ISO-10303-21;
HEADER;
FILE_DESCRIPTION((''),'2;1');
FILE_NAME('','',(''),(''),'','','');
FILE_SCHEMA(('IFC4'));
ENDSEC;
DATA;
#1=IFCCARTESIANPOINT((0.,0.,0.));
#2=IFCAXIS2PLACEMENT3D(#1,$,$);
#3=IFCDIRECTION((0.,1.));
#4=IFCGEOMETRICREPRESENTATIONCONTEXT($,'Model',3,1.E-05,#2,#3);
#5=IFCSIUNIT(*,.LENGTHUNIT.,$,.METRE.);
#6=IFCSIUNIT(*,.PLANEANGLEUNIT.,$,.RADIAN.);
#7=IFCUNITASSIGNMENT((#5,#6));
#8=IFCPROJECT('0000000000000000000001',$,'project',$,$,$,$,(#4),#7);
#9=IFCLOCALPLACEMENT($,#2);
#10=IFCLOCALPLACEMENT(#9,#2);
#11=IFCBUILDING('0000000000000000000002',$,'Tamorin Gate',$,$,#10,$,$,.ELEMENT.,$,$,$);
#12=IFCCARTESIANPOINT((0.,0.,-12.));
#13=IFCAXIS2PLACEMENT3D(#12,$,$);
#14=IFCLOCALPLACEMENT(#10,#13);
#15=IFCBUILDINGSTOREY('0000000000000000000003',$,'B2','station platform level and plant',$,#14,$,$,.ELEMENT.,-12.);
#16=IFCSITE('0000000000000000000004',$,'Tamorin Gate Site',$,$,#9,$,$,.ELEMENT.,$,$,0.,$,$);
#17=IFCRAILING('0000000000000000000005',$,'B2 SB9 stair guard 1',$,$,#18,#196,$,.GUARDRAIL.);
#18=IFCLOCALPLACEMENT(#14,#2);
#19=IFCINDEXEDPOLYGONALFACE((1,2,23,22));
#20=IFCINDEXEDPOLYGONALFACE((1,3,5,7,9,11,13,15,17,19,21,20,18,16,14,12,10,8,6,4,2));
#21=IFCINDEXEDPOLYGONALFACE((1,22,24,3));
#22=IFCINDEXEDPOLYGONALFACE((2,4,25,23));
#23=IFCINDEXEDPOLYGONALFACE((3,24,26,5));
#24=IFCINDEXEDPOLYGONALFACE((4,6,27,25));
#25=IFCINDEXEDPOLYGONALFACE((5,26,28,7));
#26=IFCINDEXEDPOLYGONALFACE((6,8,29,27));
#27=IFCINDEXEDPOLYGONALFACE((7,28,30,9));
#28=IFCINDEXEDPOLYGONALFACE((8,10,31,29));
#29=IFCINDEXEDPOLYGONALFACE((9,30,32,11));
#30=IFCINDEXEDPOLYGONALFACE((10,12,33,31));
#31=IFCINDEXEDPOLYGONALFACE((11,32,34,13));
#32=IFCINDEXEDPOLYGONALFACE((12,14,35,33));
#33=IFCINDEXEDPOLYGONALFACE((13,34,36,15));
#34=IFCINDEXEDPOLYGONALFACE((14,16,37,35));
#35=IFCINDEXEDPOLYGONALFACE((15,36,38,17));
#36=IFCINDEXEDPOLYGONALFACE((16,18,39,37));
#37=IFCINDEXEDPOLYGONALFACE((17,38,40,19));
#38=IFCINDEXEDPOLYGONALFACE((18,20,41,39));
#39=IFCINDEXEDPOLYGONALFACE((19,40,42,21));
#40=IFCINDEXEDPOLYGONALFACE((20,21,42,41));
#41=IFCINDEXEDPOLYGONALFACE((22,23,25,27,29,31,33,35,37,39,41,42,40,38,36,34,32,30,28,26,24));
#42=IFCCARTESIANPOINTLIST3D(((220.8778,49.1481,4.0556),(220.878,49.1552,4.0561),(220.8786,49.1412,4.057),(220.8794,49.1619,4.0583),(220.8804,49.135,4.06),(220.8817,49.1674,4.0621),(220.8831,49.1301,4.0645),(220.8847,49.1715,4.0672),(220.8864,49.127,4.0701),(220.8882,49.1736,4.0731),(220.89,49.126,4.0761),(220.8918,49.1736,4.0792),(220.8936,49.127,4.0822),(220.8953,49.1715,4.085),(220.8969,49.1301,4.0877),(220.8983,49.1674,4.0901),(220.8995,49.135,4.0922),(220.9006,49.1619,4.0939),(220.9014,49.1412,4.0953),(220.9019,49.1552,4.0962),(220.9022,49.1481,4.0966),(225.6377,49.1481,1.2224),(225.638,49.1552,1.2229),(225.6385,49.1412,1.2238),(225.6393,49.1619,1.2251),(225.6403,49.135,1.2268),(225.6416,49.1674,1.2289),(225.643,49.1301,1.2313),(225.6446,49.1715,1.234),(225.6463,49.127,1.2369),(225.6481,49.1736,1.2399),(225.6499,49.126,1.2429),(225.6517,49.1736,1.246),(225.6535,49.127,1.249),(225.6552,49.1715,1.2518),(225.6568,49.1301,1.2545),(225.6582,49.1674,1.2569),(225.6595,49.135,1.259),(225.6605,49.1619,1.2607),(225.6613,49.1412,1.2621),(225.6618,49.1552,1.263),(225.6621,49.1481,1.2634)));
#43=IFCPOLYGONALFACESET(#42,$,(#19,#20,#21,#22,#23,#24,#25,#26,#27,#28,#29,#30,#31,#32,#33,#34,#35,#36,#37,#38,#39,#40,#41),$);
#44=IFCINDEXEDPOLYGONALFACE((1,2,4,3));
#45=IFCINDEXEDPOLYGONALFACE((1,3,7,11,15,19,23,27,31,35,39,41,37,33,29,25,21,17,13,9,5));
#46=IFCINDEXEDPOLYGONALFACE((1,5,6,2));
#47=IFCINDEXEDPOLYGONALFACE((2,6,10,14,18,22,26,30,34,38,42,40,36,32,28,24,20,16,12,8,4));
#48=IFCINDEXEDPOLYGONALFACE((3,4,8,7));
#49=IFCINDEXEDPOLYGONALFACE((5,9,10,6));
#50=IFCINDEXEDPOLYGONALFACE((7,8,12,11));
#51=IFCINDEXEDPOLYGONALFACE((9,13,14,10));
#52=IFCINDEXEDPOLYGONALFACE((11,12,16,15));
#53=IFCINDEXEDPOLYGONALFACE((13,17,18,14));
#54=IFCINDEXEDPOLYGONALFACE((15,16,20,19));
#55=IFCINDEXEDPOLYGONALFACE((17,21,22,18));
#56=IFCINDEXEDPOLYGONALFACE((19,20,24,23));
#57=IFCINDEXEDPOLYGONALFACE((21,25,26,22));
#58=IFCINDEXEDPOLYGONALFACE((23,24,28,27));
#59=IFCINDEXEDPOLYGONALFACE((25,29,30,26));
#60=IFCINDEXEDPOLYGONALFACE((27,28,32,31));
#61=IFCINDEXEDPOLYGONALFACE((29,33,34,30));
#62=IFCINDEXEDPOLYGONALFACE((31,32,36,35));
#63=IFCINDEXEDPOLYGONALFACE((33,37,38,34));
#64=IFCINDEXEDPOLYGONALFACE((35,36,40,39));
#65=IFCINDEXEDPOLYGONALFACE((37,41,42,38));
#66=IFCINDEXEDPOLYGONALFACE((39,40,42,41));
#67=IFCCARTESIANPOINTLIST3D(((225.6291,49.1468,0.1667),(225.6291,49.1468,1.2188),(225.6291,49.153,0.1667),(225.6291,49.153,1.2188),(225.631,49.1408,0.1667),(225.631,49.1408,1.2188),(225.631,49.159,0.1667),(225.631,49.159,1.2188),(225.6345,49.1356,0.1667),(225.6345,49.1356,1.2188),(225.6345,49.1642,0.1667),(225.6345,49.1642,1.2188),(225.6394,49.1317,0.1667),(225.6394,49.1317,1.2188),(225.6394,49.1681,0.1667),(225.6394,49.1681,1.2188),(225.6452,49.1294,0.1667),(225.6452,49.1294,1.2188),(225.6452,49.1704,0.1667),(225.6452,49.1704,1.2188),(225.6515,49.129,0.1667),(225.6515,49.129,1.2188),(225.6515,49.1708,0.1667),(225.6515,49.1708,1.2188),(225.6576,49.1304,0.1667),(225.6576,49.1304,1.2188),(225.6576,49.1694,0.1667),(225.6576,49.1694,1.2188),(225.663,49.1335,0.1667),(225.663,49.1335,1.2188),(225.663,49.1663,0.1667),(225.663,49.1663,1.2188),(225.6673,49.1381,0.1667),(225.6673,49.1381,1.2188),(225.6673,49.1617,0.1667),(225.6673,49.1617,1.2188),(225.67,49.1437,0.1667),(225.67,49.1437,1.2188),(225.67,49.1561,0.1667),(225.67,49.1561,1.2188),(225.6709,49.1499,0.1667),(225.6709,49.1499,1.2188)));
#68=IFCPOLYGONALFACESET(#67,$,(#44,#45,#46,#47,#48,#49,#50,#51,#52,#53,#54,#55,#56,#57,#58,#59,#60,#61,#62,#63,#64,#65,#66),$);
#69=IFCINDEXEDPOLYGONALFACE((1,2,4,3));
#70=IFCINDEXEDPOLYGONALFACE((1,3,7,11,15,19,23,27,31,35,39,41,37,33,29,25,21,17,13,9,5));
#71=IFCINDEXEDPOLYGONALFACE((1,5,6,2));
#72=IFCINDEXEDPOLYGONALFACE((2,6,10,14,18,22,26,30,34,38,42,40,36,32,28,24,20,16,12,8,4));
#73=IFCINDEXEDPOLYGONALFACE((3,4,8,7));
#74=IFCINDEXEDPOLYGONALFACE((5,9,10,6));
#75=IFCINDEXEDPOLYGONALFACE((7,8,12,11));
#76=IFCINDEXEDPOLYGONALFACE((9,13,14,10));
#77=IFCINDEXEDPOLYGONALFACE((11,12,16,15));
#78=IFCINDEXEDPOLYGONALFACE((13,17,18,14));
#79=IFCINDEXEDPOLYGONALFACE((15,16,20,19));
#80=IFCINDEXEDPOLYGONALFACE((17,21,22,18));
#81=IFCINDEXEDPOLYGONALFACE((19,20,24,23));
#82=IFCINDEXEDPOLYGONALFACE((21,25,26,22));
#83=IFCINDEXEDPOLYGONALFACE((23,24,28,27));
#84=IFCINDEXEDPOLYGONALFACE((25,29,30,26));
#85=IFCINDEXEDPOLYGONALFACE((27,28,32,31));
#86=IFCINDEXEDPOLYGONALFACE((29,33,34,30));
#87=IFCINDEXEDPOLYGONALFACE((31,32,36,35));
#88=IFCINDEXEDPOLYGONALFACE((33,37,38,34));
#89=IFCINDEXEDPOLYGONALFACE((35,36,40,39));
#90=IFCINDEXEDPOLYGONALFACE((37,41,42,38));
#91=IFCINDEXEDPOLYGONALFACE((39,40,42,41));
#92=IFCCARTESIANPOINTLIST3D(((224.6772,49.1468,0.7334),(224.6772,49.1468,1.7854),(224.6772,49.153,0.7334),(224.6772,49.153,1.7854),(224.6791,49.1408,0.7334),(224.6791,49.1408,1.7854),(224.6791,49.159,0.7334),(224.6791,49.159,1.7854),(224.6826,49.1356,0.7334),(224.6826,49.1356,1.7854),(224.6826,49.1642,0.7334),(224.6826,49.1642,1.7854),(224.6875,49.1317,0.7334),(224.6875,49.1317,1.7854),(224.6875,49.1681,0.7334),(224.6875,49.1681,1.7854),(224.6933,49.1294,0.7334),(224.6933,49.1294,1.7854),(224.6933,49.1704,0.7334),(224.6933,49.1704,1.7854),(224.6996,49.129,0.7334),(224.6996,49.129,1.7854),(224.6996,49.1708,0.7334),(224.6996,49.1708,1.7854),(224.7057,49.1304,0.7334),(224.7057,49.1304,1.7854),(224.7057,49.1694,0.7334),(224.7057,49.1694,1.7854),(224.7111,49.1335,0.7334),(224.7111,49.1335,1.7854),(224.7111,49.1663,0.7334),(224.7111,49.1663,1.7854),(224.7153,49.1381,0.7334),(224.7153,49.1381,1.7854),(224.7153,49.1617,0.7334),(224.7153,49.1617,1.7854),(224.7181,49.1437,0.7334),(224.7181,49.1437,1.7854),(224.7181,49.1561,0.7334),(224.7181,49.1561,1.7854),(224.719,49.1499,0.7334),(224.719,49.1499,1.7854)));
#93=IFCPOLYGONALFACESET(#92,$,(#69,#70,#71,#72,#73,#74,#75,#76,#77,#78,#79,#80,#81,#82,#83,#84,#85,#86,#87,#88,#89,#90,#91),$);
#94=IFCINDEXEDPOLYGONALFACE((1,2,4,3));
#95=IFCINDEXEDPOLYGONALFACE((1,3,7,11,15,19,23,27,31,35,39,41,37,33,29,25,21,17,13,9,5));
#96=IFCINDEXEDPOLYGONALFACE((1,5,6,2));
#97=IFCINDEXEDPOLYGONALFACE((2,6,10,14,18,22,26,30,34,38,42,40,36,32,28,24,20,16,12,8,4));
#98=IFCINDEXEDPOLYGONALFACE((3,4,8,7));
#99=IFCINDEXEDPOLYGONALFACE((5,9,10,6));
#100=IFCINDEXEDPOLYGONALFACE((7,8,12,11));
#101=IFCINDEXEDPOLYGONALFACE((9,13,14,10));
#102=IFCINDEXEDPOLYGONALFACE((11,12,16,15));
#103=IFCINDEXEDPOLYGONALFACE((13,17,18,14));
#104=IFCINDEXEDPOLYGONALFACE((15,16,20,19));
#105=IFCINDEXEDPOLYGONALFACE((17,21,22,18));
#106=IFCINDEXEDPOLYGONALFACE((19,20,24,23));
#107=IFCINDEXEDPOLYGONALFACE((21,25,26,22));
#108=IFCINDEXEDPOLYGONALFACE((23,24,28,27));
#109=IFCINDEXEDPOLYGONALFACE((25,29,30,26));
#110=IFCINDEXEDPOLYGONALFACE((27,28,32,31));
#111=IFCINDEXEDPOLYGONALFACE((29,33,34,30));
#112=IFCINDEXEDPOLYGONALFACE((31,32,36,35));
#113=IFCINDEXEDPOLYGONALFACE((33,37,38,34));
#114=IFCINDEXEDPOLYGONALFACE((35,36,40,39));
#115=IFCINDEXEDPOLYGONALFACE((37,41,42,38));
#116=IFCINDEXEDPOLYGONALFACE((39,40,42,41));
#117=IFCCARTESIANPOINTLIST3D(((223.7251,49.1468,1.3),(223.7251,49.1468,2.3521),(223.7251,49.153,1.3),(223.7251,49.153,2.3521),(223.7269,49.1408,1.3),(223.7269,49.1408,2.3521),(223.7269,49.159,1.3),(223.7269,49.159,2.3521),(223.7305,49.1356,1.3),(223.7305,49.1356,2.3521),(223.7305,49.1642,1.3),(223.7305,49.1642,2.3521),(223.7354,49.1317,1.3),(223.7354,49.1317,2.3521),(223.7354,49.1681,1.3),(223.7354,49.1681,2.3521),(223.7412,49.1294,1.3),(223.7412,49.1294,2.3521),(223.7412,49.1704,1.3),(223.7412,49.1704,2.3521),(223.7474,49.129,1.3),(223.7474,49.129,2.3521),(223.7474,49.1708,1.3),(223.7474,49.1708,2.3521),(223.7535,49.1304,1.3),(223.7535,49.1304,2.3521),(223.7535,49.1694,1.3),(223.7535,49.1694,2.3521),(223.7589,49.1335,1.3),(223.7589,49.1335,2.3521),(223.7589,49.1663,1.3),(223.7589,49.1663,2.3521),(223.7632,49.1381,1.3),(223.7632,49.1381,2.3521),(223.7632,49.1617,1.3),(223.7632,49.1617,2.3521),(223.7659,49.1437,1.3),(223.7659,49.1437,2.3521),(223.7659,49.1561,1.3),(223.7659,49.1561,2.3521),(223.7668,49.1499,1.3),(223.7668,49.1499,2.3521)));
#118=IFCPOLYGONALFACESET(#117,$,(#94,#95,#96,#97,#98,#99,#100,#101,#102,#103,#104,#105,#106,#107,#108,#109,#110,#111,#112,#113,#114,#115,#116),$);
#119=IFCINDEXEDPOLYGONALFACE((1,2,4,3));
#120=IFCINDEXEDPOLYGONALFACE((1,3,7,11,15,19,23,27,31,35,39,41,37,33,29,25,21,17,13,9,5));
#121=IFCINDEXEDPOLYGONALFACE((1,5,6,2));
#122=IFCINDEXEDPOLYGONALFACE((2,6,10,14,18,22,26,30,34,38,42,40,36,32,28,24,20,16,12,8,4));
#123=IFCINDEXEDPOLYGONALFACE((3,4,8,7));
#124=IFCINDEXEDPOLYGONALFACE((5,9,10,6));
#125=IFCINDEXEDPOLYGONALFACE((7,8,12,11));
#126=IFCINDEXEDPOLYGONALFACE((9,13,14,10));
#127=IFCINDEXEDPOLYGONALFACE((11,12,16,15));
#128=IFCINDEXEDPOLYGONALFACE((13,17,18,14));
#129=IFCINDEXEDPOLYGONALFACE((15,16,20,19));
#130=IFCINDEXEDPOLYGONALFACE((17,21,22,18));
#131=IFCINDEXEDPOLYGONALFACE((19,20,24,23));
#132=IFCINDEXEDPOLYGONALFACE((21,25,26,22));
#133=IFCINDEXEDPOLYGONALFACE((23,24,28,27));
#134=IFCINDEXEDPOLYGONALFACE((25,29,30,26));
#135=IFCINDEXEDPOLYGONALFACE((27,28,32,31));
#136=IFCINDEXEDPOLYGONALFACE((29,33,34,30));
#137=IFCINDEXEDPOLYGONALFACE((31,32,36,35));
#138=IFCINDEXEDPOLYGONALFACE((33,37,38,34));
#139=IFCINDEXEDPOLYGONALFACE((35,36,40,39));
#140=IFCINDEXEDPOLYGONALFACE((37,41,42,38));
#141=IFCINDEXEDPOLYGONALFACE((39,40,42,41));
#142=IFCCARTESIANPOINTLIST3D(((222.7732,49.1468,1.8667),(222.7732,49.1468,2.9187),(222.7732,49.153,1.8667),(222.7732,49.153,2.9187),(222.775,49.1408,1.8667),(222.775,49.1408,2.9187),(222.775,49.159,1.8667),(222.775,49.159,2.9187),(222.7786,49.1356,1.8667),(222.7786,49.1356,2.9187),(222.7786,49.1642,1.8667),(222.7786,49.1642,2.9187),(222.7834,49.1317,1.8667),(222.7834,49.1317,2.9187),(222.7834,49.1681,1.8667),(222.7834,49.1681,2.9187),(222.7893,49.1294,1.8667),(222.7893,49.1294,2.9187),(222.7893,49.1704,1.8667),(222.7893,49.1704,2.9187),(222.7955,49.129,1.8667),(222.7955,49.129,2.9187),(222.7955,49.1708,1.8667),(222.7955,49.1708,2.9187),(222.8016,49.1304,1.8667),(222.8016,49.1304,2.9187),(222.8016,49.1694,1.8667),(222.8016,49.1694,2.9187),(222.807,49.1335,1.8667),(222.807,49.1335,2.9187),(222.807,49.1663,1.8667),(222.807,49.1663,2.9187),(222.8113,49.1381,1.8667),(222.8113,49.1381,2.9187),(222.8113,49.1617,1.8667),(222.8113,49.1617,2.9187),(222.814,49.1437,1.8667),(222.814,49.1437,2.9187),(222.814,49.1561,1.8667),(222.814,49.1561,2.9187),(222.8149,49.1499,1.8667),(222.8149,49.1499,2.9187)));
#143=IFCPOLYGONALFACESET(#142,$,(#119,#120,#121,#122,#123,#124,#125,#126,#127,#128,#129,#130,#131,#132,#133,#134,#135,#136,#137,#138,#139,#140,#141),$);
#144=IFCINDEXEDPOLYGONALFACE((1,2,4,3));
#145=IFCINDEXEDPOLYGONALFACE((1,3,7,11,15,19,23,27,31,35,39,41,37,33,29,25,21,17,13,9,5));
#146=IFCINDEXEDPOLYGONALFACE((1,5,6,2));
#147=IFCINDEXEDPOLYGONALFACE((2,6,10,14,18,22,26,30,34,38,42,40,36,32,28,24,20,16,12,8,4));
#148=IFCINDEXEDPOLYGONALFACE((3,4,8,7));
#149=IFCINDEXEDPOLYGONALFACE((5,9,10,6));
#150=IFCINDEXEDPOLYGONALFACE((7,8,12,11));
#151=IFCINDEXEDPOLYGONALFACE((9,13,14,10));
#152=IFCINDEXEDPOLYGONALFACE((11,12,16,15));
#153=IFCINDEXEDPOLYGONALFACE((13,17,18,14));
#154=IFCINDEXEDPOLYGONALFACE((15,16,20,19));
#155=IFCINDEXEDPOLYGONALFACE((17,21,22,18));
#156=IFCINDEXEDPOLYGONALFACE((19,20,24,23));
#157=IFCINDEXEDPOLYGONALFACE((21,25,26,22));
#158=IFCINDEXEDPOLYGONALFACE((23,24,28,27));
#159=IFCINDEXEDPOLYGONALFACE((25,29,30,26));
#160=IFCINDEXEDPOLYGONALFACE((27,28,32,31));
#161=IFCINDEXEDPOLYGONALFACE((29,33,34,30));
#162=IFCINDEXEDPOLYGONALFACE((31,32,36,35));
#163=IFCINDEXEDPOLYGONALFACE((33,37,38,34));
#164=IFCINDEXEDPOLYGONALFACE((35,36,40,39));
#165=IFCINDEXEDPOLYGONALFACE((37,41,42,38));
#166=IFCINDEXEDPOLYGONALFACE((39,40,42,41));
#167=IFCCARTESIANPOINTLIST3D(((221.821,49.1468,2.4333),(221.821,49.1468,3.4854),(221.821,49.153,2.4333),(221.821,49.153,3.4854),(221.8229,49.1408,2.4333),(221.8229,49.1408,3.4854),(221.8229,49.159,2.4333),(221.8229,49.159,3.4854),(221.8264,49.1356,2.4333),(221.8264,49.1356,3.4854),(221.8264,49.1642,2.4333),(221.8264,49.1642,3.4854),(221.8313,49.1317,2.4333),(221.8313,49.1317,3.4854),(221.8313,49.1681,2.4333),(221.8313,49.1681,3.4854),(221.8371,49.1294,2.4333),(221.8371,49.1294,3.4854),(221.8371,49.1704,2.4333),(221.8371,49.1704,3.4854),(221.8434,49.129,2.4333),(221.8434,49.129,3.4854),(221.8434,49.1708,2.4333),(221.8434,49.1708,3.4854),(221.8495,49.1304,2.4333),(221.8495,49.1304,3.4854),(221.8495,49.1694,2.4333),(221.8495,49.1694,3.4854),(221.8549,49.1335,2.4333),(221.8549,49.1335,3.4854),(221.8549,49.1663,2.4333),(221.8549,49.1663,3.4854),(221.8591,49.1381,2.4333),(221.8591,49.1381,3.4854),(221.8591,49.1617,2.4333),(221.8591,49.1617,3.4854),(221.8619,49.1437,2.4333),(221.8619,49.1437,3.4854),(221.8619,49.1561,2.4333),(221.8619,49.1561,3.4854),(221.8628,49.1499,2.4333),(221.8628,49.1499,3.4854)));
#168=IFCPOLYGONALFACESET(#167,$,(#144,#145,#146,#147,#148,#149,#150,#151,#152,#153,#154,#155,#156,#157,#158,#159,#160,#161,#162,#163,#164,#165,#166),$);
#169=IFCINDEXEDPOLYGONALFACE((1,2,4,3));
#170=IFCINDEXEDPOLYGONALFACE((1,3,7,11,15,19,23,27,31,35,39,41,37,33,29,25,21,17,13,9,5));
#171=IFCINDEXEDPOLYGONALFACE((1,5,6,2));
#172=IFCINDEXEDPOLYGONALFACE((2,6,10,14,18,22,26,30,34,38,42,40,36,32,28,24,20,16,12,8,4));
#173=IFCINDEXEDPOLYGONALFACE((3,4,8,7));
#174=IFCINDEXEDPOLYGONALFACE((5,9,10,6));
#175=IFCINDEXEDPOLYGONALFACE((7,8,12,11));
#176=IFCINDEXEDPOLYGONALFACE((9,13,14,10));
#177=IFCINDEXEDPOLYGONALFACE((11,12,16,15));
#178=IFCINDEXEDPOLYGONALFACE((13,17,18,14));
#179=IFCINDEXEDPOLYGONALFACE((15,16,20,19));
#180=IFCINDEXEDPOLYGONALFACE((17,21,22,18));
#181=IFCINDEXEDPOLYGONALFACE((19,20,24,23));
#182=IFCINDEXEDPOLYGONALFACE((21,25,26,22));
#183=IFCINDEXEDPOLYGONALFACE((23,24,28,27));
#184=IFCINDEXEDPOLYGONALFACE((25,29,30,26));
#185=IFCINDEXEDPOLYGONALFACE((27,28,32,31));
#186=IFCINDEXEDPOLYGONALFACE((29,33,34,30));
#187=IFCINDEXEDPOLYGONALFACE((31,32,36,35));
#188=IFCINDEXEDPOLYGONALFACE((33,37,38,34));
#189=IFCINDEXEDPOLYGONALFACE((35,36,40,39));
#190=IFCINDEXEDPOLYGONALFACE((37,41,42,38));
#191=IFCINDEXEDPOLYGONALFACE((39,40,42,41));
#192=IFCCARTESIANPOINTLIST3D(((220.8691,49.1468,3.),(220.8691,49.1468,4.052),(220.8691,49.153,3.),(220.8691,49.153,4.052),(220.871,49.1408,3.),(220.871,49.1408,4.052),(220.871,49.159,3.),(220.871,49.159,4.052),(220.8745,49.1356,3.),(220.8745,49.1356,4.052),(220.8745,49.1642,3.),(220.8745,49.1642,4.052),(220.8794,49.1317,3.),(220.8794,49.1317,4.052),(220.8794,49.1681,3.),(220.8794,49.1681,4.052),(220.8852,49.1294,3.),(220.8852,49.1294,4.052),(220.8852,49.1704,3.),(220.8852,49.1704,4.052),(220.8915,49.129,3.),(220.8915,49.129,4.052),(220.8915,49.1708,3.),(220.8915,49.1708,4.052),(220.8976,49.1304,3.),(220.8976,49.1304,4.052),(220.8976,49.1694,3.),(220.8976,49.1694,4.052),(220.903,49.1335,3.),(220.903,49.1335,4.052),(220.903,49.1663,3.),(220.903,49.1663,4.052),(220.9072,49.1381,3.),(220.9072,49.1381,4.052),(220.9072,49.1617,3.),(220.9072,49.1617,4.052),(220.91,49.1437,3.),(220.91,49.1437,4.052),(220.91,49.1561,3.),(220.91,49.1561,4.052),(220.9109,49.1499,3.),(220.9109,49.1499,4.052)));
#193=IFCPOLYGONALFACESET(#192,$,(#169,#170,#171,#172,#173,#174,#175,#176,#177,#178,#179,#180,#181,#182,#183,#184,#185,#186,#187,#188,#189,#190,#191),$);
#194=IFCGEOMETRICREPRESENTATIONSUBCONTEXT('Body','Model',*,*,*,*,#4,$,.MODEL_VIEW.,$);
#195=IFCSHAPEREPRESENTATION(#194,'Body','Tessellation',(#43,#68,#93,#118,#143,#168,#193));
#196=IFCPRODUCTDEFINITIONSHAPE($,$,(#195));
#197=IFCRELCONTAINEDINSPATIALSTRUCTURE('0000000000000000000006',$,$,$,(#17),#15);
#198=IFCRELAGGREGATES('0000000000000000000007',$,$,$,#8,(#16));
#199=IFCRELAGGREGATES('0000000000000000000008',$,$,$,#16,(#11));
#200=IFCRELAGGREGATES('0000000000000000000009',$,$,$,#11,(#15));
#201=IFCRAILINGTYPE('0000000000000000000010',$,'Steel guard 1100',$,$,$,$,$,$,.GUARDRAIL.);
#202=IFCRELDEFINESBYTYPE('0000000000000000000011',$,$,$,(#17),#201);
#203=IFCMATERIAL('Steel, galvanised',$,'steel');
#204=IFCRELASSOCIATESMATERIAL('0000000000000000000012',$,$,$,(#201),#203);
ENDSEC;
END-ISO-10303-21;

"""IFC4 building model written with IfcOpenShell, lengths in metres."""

from ifc_helpers import new_model, si_unit, direction, frame, origin, origin_2d, place, context, subcontext, project, spatial, circle, extrude, material, type_object, element, save


model = new_model("IFC4")

# Units and contexts
model_context = context("Model", 3, precision=1e-05, world=origin(), true_north=direction((0.0, 1.0)))
body_context = subcontext(model_context, "Body", "Model", "MODEL_VIEW")
ifc_project = project(units=[si_unit("LENGTHUNIT", "METRE"), si_unit("PLANEANGLEUNIT", "RADIAN")], contexts=[model_context])

# Site, building, storey
site_placement = place(None, origin())
site = spatial("IfcSite", under=ifc_project, at=site_placement, Name="Tamorin Gate Site", CompositionType="ELEMENT", RefElevation=0.0)
building_placement = place(site_placement, origin())
building = spatial("IfcBuilding", under=site, at=building_placement, Name="Tamorin Gate", CompositionType="ELEMENT")
storey_placement = place(building_placement, frame((0.0, 0.0, -12.0)))
storey = spatial("IfcBuildingStorey", under=building, at=storey_placement, Name="B2", Description="station platform level and plant", CompositionType="ELEMENT", Elevation=-12.0)

# Railing
ifc_material_1 = material(Name="Steel, galvanised", Category="steel")
railing_type_1 = type_object("IfcRailingType", Name="Steel guard 1100", PredefinedType="GUARDRAIL", material=ifc_material_1)
railing_1_placement = place(storey_placement, frame((225.6499, 49.1499, 0.1667)))
element("IfcRailing", 1, at=railing_1_placement, inside=storey, type_object=railing_type_1, Name="B2 SB9 stair guard 1", PredefinedType="GUARDRAIL", context=body_context, shape_type="SweptSolid", body=[
    extrude(circle(Radius=0.0239, at=origin_2d()), frame((0.0, 0.0, 1.0762), z_axis=(-0.8593, 0.0, 0.511472), x_axis=(0.0, -1.0, 0.0)), (0.0, 0.0, 1.0), 5.5393),
    extrude(circle(Radius=0.021, at=origin_2d()), origin(), (0.0, 0.0, 1.0), 1.052),
    extrude(circle(Radius=0.021, at=origin_2d()), frame((-0.9519, 0.0, 0.5667)), (0.0, 0.0, 1.0), 1.052),
    extrude(circle(Radius=0.021, at=origin_2d()), frame((-1.9041, 0.0, 1.1333)), (0.0, 0.0, 1.0), 1.052),
    extrude(circle(Radius=0.021, at=origin_2d()), frame((-2.856, 0.0, 1.7)), (0.0, 0.0, 1.0), 1.052),
    extrude(circle(Radius=0.021, at=origin_2d()), frame((-3.8081, 0.0, 2.2666)), (0.0, 0.0, 1.0), 1.052),
    extrude(circle(Radius=0.021, at=origin_2d()), frame((-4.76, 0.0, 2.8333)), (0.0, 0.0, 1.0), 1.052),
])

save(model, "model.ifc")
